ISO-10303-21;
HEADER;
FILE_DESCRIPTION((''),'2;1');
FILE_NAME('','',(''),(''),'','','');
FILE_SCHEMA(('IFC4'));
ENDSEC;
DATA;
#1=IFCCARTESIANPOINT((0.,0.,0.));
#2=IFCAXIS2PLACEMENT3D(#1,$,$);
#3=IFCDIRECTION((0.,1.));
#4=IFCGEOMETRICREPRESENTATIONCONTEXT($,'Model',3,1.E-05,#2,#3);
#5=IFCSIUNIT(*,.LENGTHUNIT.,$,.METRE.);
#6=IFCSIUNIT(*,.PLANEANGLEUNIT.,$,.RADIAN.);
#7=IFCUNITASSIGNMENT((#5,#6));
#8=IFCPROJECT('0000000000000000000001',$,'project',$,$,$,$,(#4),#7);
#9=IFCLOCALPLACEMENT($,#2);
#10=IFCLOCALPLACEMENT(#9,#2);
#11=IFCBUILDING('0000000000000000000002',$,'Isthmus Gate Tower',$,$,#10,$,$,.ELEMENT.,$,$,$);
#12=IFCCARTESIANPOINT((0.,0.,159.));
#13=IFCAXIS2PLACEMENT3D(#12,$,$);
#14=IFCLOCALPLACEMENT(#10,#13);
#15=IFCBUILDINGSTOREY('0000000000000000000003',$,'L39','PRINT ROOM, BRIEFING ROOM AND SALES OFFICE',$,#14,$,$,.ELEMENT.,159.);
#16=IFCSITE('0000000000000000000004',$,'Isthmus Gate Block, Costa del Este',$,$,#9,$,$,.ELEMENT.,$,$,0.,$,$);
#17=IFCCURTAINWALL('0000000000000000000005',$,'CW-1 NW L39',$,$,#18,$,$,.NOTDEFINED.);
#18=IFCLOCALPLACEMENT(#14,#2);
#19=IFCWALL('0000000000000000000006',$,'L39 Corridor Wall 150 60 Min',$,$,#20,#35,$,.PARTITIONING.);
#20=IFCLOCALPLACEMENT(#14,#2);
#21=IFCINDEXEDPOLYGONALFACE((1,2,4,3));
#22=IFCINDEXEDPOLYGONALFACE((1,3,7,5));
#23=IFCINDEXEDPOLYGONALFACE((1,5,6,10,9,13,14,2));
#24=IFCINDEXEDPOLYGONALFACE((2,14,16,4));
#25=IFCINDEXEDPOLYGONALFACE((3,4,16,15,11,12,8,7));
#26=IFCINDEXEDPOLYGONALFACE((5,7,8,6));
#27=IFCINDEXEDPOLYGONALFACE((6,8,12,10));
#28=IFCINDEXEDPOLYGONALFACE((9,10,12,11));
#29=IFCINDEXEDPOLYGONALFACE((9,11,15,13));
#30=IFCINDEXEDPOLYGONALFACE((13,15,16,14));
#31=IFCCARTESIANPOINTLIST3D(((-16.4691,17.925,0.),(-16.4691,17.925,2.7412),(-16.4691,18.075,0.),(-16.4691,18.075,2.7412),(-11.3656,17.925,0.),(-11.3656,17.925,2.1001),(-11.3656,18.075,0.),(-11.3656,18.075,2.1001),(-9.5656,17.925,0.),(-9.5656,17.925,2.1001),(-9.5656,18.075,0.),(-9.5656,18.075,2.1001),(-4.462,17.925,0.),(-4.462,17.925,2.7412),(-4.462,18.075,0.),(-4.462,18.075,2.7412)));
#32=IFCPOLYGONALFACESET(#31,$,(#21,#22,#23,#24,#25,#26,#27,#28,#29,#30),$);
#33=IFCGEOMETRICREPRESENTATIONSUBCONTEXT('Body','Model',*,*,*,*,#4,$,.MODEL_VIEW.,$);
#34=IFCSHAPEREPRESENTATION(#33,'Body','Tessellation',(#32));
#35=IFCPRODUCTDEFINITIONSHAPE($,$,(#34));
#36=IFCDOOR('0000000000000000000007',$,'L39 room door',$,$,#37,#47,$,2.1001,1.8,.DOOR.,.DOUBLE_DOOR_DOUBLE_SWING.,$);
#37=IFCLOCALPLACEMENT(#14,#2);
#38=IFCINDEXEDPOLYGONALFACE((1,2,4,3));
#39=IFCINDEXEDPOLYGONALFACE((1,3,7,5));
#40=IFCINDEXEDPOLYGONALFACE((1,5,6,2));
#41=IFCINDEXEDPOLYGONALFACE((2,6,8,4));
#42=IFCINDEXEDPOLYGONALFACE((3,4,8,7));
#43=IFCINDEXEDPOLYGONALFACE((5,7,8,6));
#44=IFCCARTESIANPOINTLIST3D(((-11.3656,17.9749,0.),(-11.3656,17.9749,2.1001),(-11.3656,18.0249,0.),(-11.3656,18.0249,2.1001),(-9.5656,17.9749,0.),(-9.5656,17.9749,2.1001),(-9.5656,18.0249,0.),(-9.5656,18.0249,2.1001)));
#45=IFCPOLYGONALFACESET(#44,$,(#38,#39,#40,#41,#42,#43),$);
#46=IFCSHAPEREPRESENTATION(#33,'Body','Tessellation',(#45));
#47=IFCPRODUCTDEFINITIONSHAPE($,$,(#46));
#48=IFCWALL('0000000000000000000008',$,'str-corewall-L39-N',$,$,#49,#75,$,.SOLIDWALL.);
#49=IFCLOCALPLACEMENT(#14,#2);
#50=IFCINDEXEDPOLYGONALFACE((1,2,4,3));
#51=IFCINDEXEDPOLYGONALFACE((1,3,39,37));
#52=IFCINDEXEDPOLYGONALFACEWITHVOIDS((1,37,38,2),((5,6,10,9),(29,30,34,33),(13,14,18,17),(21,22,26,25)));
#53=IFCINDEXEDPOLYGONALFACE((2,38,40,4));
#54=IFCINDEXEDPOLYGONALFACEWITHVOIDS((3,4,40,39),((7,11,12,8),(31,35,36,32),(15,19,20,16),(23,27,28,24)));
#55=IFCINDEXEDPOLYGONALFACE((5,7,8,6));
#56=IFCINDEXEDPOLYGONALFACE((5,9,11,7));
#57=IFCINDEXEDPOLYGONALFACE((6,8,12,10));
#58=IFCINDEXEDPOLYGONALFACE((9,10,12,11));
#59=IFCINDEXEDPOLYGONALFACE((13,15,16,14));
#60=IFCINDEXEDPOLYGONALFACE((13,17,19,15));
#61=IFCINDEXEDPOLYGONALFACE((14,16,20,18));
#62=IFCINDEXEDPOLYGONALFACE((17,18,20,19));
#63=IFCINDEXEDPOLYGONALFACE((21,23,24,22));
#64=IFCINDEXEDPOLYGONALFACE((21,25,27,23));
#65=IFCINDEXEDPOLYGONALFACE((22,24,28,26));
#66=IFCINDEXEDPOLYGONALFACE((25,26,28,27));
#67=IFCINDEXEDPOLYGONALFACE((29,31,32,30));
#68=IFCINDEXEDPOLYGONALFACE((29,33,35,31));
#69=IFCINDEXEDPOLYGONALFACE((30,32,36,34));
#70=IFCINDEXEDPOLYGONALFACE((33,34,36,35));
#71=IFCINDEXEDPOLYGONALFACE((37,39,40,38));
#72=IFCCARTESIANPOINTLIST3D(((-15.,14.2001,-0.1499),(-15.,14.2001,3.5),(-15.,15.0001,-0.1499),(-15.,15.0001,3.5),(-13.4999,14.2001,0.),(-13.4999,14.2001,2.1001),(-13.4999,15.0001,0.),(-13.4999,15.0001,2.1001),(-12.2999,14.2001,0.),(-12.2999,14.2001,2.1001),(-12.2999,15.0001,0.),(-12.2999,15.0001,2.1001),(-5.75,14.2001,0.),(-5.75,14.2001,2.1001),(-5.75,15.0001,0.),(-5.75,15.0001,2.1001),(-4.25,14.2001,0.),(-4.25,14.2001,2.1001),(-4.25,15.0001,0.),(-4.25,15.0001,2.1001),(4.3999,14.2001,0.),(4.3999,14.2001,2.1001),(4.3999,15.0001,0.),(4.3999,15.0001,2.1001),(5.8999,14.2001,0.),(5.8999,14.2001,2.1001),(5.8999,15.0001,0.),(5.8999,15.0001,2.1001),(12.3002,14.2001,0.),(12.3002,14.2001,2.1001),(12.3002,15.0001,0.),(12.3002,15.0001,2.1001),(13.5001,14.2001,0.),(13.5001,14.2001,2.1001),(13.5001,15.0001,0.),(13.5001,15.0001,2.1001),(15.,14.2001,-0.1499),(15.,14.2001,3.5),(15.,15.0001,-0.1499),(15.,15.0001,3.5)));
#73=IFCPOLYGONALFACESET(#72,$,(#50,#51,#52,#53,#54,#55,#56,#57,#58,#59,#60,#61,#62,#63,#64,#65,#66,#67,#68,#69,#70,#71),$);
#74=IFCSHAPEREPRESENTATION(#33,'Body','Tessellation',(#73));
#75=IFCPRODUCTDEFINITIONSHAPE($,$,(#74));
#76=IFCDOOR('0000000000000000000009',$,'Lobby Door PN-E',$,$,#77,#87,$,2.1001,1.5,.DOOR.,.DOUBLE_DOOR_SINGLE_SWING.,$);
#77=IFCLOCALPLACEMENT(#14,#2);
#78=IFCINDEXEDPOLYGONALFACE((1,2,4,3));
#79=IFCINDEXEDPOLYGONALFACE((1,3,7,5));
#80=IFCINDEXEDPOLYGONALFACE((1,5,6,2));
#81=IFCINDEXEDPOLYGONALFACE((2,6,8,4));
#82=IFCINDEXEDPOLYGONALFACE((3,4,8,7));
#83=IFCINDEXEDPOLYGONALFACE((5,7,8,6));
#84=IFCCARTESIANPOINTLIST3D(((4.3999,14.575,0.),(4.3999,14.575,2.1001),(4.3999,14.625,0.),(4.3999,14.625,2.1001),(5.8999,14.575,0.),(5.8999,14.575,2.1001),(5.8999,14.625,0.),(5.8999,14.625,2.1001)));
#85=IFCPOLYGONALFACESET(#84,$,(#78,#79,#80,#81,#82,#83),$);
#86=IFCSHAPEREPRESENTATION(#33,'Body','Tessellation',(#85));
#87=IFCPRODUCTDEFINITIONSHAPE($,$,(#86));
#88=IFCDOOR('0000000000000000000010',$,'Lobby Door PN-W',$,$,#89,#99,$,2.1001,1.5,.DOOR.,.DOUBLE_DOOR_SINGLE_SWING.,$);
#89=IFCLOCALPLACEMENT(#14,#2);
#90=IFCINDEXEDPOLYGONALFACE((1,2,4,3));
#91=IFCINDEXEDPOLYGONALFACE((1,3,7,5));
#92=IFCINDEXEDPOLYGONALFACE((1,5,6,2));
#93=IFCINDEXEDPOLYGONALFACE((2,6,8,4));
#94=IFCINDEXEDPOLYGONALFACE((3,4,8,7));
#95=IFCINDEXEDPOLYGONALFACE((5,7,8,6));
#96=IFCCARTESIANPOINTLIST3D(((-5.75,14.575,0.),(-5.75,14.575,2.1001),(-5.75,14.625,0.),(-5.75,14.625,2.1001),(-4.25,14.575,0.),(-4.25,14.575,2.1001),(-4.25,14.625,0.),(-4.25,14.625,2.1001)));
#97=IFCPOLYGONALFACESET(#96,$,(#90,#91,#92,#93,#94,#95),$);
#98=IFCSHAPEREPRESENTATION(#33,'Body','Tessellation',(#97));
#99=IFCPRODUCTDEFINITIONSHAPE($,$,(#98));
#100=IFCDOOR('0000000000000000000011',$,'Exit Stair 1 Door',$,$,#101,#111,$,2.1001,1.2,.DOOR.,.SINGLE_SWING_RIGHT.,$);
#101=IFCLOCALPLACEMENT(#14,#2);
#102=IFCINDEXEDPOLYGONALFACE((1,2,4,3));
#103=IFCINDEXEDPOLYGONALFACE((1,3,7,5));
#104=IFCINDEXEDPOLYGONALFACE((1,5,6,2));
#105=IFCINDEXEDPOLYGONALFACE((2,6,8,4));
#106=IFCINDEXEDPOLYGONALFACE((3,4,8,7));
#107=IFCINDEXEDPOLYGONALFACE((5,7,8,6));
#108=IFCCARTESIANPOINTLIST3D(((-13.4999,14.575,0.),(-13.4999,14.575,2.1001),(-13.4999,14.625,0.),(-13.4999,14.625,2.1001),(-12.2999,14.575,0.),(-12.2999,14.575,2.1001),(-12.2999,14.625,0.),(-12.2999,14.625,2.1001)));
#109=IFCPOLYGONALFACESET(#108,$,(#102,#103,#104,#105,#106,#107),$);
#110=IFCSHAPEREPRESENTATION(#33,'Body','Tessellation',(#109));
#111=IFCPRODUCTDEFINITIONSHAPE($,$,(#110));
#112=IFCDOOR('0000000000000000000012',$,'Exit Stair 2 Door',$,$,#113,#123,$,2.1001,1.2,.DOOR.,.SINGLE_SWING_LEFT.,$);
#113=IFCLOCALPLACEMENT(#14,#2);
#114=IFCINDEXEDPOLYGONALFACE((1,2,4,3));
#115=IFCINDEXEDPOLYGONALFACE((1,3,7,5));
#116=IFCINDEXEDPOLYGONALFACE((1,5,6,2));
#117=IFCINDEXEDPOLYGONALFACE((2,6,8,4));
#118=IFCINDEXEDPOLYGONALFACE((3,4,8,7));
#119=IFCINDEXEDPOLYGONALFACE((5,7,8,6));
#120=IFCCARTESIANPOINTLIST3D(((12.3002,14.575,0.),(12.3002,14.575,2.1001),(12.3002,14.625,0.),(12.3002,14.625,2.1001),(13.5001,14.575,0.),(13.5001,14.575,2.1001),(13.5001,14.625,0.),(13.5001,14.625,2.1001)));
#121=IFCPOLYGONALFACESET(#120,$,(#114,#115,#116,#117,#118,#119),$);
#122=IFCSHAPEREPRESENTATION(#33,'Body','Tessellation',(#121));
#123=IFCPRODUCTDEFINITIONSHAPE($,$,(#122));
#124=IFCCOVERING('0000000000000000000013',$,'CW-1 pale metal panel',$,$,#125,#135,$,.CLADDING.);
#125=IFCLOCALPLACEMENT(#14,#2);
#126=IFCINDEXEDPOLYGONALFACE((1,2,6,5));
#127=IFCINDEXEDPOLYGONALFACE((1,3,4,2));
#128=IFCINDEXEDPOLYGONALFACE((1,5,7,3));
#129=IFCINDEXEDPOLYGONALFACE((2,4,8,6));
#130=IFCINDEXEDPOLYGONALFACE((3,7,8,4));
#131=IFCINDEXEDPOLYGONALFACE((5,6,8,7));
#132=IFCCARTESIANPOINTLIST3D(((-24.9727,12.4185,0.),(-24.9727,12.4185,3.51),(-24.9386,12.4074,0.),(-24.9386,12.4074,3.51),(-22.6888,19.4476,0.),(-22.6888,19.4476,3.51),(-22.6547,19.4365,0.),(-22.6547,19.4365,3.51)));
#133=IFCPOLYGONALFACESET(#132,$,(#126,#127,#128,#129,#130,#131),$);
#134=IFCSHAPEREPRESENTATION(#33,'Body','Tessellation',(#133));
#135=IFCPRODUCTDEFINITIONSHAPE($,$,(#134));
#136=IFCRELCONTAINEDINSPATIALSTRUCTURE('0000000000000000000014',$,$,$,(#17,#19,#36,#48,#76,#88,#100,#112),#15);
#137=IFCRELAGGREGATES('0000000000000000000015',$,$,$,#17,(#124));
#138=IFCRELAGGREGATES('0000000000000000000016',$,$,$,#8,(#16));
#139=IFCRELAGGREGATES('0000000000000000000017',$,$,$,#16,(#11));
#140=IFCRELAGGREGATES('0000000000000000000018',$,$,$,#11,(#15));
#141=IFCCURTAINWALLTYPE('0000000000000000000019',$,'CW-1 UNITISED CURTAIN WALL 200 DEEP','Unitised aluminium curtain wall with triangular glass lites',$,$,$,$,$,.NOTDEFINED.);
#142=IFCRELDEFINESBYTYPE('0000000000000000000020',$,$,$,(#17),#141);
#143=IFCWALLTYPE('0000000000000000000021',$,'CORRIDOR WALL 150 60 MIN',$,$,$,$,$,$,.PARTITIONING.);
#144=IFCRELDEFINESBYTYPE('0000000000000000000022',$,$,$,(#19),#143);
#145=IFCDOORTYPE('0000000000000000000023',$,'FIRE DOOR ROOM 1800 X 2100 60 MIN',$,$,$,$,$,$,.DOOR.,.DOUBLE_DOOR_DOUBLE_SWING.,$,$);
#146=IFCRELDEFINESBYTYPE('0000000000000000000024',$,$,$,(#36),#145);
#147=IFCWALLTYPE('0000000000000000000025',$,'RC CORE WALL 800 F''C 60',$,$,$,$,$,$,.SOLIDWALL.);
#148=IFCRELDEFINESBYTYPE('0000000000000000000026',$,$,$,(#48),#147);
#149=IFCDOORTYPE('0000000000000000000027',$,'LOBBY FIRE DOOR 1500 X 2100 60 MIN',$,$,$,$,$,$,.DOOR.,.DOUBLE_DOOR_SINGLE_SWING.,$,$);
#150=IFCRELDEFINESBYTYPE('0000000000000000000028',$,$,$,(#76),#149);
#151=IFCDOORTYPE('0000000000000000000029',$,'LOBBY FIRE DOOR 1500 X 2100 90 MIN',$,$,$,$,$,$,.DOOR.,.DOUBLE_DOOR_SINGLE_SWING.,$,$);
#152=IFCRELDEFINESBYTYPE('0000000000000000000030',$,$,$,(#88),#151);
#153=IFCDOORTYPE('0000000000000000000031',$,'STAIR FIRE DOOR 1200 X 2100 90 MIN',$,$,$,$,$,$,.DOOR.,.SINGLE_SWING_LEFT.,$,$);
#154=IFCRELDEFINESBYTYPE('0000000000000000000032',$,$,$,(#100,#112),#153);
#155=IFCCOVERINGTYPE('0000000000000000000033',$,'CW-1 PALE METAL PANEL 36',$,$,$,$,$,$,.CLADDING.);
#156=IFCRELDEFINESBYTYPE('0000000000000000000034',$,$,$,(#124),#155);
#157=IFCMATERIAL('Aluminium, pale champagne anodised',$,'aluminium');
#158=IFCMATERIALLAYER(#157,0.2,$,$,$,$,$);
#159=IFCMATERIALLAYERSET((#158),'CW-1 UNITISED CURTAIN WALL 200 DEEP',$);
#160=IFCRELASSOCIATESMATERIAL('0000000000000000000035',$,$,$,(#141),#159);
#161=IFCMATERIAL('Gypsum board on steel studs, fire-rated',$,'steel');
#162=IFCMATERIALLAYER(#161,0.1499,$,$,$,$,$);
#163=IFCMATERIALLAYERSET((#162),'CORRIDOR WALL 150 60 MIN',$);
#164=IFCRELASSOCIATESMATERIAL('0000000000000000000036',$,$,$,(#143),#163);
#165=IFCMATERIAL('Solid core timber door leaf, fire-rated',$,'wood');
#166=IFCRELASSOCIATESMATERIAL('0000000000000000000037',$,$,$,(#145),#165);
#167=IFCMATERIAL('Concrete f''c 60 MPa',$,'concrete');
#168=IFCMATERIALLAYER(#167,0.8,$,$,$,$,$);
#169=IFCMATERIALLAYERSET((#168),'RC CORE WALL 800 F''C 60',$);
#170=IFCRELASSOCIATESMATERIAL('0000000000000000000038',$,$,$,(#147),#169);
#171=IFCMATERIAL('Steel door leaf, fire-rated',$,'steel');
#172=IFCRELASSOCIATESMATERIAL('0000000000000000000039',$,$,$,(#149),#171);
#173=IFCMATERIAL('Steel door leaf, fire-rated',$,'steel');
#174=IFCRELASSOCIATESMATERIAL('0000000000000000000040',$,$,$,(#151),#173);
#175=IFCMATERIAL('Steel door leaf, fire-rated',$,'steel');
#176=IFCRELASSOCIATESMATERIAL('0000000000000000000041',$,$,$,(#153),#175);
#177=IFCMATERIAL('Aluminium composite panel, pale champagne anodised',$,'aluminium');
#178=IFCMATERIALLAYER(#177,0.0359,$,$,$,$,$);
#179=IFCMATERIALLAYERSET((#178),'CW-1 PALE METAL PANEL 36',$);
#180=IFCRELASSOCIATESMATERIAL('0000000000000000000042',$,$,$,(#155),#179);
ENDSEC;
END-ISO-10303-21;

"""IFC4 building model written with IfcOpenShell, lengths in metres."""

from ifc_helpers import new_model, si_unit, direction, frame, frame_2d, origin, origin_2d, place, context, subcontext, project, spatial, rectangle, extrude, material, layer, layer_set, type_object, element, fill, aggregate, save


model = new_model("IFC4")

# Units and contexts
model_context = context("Model", 3, precision=1e-05, world=origin(), true_north=direction((0.0, 1.0)))
body_context = subcontext(model_context, "Body", "Model", "MODEL_VIEW")
ifc_project = project(units=[si_unit("LENGTHUNIT", "METRE"), si_unit("PLANEANGLEUNIT", "RADIAN")], contexts=[model_context])

# Site, building, storey
site_placement = place(None, origin())
site = spatial("IfcSite", under=ifc_project, at=site_placement, Name="Isthmus Gate Block, Costa del Este", CompositionType="ELEMENT", RefElevation=0.0)
building_placement = place(site_placement, origin())
building = spatial("IfcBuilding", under=site, at=building_placement, Name="Isthmus Gate Tower", CompositionType="ELEMENT")
storey_placement = place(building_placement, frame((0.0, 0.0, 159.0)))
storey = spatial("IfcBuildingStorey", under=building, at=storey_placement, Name="L39", Description="PRINT ROOM, BRIEFING ROOM AND SALES OFFICE", CompositionType="ELEMENT", Elevation=159.0)

# Curtain wall
ifc_material_1 = material(Name="Aluminium, pale champagne anodised", Category="aluminium")
ifc_layer_1 = layer(ifc_material_1, 0.2)
ifc_layer_set_1 = layer_set([ifc_layer_1], Name="CW-1 UNITISED CURTAIN WALL 200 DEEP")
curtain_wall_type = type_object("IfcCurtainWallType", Name="CW-1 UNITISED CURTAIN WALL 200 DEEP", Description="Unitised aluminium curtain wall with triangular glass lites", PredefinedType="NOTDEFINED", material=ifc_layer_set_1)
curtain_wall_1_placement = place(storey_placement, origin())
curtain_wall_1 = element("IfcCurtainWall", 1, at=curtain_wall_1_placement, inside=storey, type_object=curtain_wall_type, Name="CW-1 NW L39", PredefinedType="NOTDEFINED")

# Wall, opening, door
ifc_material_2 = material(Name="Gypsum board on steel studs, fire-rated", Category="steel")
ifc_layer_2 = layer(ifc_material_2, 0.1499)
ifc_layer_set_2 = layer_set([ifc_layer_2], Name="CORRIDOR WALL 150 60 MIN")
wall_type_1 = type_object("IfcWallType", Name="CORRIDOR WALL 150 60 MIN", PredefinedType="PARTITIONING", material=ifc_layer_set_2)
wall_1_placement = place(storey_placement, frame((-16.469, 18.0, 0.0), z_axis=(0.0, 0.0, 1.0), x_axis=(1.0, 0.0, 0.0)))
wall_1 = element("IfcWall", 2, at=wall_1_placement, inside=storey, type_object=wall_type_1, Name="L39 Corridor Wall 150 60 Min", PredefinedType="PARTITIONING", context=body_context, shape_type="SweptSolid", body=[
    extrude(rectangle(XDim=12.0071, YDim=0.1499, at=frame_2d((6.0034, 0.0))), origin(), (0.0, 0.0, 1.0), 2.7412),
])
opening_1_placement = place(wall_1_placement, frame((5.1035, 0.0, 0.0)))
opening_1 = element("IfcOpeningElement", 3, at=opening_1_placement, cuts=wall_1, PredefinedType="OPENING", context=body_context, shape_type="SweptSolid", body=[
    extrude(rectangle(XDim=1.8, YDim=2.1001, at=frame_2d((0.8999, 1.05))), frame((0.0, 0.085, 0.0), z_axis=(0.0, -1.0, 0.0), x_axis=(1.0, 0.0, 0.0)), (0.0, 0.0, 1.0), 0.1699),
])
ifc_material_3 = material(Name="Solid core timber door leaf, fire-rated", Category="wood")
door_type_1 = type_object("IfcDoorType", Name="FIRE DOOR ROOM 1800 X 2100 60 MIN", OperationType="DOUBLE_DOOR_DOUBLE_SWING", PredefinedType="DOOR", material=ifc_material_3)
door_1_placement = place(opening_1_placement, origin())
door_1 = element("IfcDoor", 4, at=door_1_placement, inside=storey, type_object=door_type_1, Name="L39 room door", OperationType="DOUBLE_DOOR_DOUBLE_SWING", OverallHeight=2.1001, OverallWidth=1.8, PredefinedType="DOOR", context=body_context, shape_type="SweptSolid", body=[
    extrude(rectangle(XDim=1.8, YDim=2.1001, at=frame_2d((0.8999, 1.05))), frame((0.0, 0.0249, 0.0), z_axis=(0.0, -1.0, 0.0), x_axis=(1.0, 0.0, 0.0)), (0.0, 0.0, 1.0), 0.05),
])
fill(opening_1, door_1)

# Wall, openings, doors
ifc_material_4 = material(Name="Concrete f'c 60 MPa", Category="concrete")
ifc_layer_3 = layer(ifc_material_4, 0.8)
ifc_layer_set_3 = layer_set([ifc_layer_3], Name="RC CORE WALL 800 F'C 60")
wall_type_2 = type_object("IfcWallType", Name="RC CORE WALL 800 F'C 60", PredefinedType="SOLIDWALL", material=ifc_layer_set_3)
wall_2_placement = place(storey_placement, frame((-15.0, 14.6001, -0.1499), z_axis=(0.0, 0.0, 1.0), x_axis=(1.0, 0.0, 0.0)))
wall_2 = element("IfcWall", 5, at=wall_2_placement, inside=storey, type_object=wall_type_2, Name="str-corewall-L39-N", PredefinedType="SOLIDWALL", context=body_context, shape_type="SweptSolid", body=[
    extrude(rectangle(XDim=30.0, YDim=0.8, at=frame_2d((15.0, 0.0))), origin(), (0.0, 0.0, 1.0), 3.6499),
])
opening_2_placement = place(wall_2_placement, frame((9.25, 0.0, 0.1499)))
opening_2 = element("IfcOpeningElement", 6, at=opening_2_placement, cuts=wall_2, PredefinedType="OPENING", context=body_context, shape_type="SweptSolid", body=[
    extrude(rectangle(XDim=1.5, YDim=2.1001, at=frame_2d((0.75, 1.05))), frame((0.0, 0.4099, 0.0), z_axis=(0.0, -1.0, 0.0), x_axis=(1.0, 0.0, 0.0)), (0.0, 0.0, 1.0), 0.8201),
])
opening_3_placement = place(wall_2_placement, frame((19.3999, 0.0, 0.1499)))
opening_3 = element("IfcOpeningElement", 7, at=opening_3_placement, cuts=wall_2, PredefinedType="OPENING", context=body_context, shape_type="SweptSolid", body=[
    extrude(rectangle(XDim=1.5, YDim=2.1001, at=frame_2d((0.75, 1.05))), frame((0.0, 0.4099, 0.0), z_axis=(0.0, -1.0, 0.0), x_axis=(1.0, 0.0, 0.0)), (0.0, 0.0, 1.0), 0.8201),
])
opening_4_placement = place(wall_2_placement, frame((1.5, 0.0, 0.1499)))
opening_4 = element("IfcOpeningElement", 8, at=opening_4_placement, cuts=wall_2, PredefinedType="OPENING", context=body_context, shape_type="SweptSolid", body=[
    extrude(rectangle(XDim=1.2, YDim=2.1001, at=frame_2d((0.6001, 1.05))), frame((0.0, 0.4099, 0.0), z_axis=(0.0, -1.0, 0.0), x_axis=(1.0, 0.0, 0.0)), (0.0, 0.0, 1.0), 0.8201),
])
opening_5_placement = place(wall_2_placement, frame((27.3, 0.0, 0.1499)))
opening_5 = element("IfcOpeningElement", 9, at=opening_5_placement, cuts=wall_2, PredefinedType="OPENING", context=body_context, shape_type="SweptSolid", body=[
    extrude(rectangle(XDim=1.2, YDim=2.1001, at=frame_2d((0.6001, 1.05))), frame((0.0, 0.4099, 0.0), z_axis=(0.0, -1.0, 0.0), x_axis=(1.0, 0.0, 0.0)), (0.0, 0.0, 1.0), 0.8201),
])
ifc_material_5 = material(Name="Steel door leaf, fire-rated", Category="steel")
door_type_2 = type_object("IfcDoorType", Name="LOBBY FIRE DOOR 1500 X 2100 60 MIN", OperationType="DOUBLE_DOOR_SINGLE_SWING", PredefinedType="DOOR", material=ifc_material_5)
door_2_placement = place(opening_3_placement, origin())
door_2 = element("IfcDoor", 10, at=door_2_placement, inside=storey, type_object=door_type_2, Name="Lobby Door PN-E", OperationType="DOUBLE_DOOR_SINGLE_SWING", OverallHeight=2.1001, OverallWidth=1.5, PredefinedType="DOOR", context=body_context, shape_type="SweptSolid", body=[
    extrude(rectangle(XDim=1.5, YDim=2.1001, at=frame_2d((0.75, 1.05))), frame((0.0, 0.0249, 0.0), z_axis=(0.0, -1.0, 0.0), x_axis=(1.0, 0.0, 0.0)), (0.0, 0.0, 1.0), 0.05),
])
fill(opening_3, door_2)
ifc_material_6 = material(Name="Steel door leaf, fire-rated", Category="steel")
door_type_3 = type_object("IfcDoorType", Name="LOBBY FIRE DOOR 1500 X 2100 90 MIN", OperationType="DOUBLE_DOOR_SINGLE_SWING", PredefinedType="DOOR", material=ifc_material_6)
door_3_placement = place(opening_2_placement, origin())
door_3 = element("IfcDoor", 11, at=door_3_placement, inside=storey, type_object=door_type_3, Name="Lobby Door PN-W", OperationType="DOUBLE_DOOR_SINGLE_SWING", OverallHeight=2.1001, OverallWidth=1.5, PredefinedType="DOOR", context=body_context, shape_type="SweptSolid", body=[
    extrude(rectangle(XDim=1.5, YDim=2.1001, at=frame_2d((0.75, 1.05))), frame((0.0, 0.0249, 0.0), z_axis=(0.0, -1.0, 0.0), x_axis=(1.0, 0.0, 0.0)), (0.0, 0.0, 1.0), 0.05),
])
fill(opening_2, door_3)
ifc_material_7 = material(Name="Steel door leaf, fire-rated", Category="steel")
door_type_4 = type_object("IfcDoorType", Name="STAIR FIRE DOOR 1200 X 2100 90 MIN", OperationType="SINGLE_SWING_LEFT", PredefinedType="DOOR", material=ifc_material_7)
door_4_placement = place(opening_4_placement, origin())
door_4 = element("IfcDoor", 12, at=door_4_placement, inside=storey, type_object=door_type_4, Name="Exit Stair 1 Door", OperationType="SINGLE_SWING_RIGHT", OverallHeight=2.1001, OverallWidth=1.2, PredefinedType="DOOR", context=body_context, shape_type="SweptSolid", body=[
    extrude(rectangle(XDim=1.2, YDim=2.1001, at=frame_2d((0.6001, 1.05))), frame((0.0, 0.0249, 0.0), z_axis=(0.0, -1.0, 0.0), x_axis=(1.0, 0.0, 0.0)), (0.0, 0.0, 1.0), 0.05),
])
fill(opening_4, door_4)
door_5_placement = place(opening_5_placement, origin())
door_5 = element("IfcDoor", 13, at=door_5_placement, inside=storey, type_object=door_type_4, Name="Exit Stair 2 Door", OperationType="SINGLE_SWING_LEFT", OverallHeight=2.1001, OverallWidth=1.2, PredefinedType="DOOR", context=body_context, shape_type="SweptSolid", body=[
    extrude(rectangle(XDim=1.2, YDim=2.1001, at=frame_2d((0.6001, 1.05))), frame((0.0, 0.0249, 0.0), z_axis=(0.0, -1.0, 0.0), x_axis=(1.0, 0.0, 0.0)), (0.0, 0.0, 1.0), 0.05),
])
fill(opening_5, door_5)

# Covering
ifc_material_8 = material(Name="Aluminium composite panel, pale champagne anodised", Category="aluminium")
ifc_layer_4 = layer(ifc_material_8, 0.0359)
ifc_layer_set_4 = layer_set([ifc_layer_4], Name="CW-1 PALE METAL PANEL 36")
covering_type = type_object("IfcCoveringType", Name="CW-1 PALE METAL PANEL 36", PredefinedType="CLADDING", material=ifc_layer_set_4)
covering_placement = place(storey_placement, frame((-23.8137, 15.9275, 0.0), z_axis=(0.0, 0.0, 1.0), x_axis=(-0.309017, -0.951057, 0.0)))
covering = element("IfcCovering", 14, at=covering_placement, type_object=covering_type, Name="CW-1 pale metal panel", PredefinedType="CLADDING", context=body_context, shape_type="SweptSolid", body=[
    extrude(rectangle(XDim=7.3909, YDim=0.0359, at=origin_2d()), origin(), (0.0, 0.0, 1.0), 3.51),
])
aggregate(curtain_wall_1, [covering])

save(model, "model.ifc")
